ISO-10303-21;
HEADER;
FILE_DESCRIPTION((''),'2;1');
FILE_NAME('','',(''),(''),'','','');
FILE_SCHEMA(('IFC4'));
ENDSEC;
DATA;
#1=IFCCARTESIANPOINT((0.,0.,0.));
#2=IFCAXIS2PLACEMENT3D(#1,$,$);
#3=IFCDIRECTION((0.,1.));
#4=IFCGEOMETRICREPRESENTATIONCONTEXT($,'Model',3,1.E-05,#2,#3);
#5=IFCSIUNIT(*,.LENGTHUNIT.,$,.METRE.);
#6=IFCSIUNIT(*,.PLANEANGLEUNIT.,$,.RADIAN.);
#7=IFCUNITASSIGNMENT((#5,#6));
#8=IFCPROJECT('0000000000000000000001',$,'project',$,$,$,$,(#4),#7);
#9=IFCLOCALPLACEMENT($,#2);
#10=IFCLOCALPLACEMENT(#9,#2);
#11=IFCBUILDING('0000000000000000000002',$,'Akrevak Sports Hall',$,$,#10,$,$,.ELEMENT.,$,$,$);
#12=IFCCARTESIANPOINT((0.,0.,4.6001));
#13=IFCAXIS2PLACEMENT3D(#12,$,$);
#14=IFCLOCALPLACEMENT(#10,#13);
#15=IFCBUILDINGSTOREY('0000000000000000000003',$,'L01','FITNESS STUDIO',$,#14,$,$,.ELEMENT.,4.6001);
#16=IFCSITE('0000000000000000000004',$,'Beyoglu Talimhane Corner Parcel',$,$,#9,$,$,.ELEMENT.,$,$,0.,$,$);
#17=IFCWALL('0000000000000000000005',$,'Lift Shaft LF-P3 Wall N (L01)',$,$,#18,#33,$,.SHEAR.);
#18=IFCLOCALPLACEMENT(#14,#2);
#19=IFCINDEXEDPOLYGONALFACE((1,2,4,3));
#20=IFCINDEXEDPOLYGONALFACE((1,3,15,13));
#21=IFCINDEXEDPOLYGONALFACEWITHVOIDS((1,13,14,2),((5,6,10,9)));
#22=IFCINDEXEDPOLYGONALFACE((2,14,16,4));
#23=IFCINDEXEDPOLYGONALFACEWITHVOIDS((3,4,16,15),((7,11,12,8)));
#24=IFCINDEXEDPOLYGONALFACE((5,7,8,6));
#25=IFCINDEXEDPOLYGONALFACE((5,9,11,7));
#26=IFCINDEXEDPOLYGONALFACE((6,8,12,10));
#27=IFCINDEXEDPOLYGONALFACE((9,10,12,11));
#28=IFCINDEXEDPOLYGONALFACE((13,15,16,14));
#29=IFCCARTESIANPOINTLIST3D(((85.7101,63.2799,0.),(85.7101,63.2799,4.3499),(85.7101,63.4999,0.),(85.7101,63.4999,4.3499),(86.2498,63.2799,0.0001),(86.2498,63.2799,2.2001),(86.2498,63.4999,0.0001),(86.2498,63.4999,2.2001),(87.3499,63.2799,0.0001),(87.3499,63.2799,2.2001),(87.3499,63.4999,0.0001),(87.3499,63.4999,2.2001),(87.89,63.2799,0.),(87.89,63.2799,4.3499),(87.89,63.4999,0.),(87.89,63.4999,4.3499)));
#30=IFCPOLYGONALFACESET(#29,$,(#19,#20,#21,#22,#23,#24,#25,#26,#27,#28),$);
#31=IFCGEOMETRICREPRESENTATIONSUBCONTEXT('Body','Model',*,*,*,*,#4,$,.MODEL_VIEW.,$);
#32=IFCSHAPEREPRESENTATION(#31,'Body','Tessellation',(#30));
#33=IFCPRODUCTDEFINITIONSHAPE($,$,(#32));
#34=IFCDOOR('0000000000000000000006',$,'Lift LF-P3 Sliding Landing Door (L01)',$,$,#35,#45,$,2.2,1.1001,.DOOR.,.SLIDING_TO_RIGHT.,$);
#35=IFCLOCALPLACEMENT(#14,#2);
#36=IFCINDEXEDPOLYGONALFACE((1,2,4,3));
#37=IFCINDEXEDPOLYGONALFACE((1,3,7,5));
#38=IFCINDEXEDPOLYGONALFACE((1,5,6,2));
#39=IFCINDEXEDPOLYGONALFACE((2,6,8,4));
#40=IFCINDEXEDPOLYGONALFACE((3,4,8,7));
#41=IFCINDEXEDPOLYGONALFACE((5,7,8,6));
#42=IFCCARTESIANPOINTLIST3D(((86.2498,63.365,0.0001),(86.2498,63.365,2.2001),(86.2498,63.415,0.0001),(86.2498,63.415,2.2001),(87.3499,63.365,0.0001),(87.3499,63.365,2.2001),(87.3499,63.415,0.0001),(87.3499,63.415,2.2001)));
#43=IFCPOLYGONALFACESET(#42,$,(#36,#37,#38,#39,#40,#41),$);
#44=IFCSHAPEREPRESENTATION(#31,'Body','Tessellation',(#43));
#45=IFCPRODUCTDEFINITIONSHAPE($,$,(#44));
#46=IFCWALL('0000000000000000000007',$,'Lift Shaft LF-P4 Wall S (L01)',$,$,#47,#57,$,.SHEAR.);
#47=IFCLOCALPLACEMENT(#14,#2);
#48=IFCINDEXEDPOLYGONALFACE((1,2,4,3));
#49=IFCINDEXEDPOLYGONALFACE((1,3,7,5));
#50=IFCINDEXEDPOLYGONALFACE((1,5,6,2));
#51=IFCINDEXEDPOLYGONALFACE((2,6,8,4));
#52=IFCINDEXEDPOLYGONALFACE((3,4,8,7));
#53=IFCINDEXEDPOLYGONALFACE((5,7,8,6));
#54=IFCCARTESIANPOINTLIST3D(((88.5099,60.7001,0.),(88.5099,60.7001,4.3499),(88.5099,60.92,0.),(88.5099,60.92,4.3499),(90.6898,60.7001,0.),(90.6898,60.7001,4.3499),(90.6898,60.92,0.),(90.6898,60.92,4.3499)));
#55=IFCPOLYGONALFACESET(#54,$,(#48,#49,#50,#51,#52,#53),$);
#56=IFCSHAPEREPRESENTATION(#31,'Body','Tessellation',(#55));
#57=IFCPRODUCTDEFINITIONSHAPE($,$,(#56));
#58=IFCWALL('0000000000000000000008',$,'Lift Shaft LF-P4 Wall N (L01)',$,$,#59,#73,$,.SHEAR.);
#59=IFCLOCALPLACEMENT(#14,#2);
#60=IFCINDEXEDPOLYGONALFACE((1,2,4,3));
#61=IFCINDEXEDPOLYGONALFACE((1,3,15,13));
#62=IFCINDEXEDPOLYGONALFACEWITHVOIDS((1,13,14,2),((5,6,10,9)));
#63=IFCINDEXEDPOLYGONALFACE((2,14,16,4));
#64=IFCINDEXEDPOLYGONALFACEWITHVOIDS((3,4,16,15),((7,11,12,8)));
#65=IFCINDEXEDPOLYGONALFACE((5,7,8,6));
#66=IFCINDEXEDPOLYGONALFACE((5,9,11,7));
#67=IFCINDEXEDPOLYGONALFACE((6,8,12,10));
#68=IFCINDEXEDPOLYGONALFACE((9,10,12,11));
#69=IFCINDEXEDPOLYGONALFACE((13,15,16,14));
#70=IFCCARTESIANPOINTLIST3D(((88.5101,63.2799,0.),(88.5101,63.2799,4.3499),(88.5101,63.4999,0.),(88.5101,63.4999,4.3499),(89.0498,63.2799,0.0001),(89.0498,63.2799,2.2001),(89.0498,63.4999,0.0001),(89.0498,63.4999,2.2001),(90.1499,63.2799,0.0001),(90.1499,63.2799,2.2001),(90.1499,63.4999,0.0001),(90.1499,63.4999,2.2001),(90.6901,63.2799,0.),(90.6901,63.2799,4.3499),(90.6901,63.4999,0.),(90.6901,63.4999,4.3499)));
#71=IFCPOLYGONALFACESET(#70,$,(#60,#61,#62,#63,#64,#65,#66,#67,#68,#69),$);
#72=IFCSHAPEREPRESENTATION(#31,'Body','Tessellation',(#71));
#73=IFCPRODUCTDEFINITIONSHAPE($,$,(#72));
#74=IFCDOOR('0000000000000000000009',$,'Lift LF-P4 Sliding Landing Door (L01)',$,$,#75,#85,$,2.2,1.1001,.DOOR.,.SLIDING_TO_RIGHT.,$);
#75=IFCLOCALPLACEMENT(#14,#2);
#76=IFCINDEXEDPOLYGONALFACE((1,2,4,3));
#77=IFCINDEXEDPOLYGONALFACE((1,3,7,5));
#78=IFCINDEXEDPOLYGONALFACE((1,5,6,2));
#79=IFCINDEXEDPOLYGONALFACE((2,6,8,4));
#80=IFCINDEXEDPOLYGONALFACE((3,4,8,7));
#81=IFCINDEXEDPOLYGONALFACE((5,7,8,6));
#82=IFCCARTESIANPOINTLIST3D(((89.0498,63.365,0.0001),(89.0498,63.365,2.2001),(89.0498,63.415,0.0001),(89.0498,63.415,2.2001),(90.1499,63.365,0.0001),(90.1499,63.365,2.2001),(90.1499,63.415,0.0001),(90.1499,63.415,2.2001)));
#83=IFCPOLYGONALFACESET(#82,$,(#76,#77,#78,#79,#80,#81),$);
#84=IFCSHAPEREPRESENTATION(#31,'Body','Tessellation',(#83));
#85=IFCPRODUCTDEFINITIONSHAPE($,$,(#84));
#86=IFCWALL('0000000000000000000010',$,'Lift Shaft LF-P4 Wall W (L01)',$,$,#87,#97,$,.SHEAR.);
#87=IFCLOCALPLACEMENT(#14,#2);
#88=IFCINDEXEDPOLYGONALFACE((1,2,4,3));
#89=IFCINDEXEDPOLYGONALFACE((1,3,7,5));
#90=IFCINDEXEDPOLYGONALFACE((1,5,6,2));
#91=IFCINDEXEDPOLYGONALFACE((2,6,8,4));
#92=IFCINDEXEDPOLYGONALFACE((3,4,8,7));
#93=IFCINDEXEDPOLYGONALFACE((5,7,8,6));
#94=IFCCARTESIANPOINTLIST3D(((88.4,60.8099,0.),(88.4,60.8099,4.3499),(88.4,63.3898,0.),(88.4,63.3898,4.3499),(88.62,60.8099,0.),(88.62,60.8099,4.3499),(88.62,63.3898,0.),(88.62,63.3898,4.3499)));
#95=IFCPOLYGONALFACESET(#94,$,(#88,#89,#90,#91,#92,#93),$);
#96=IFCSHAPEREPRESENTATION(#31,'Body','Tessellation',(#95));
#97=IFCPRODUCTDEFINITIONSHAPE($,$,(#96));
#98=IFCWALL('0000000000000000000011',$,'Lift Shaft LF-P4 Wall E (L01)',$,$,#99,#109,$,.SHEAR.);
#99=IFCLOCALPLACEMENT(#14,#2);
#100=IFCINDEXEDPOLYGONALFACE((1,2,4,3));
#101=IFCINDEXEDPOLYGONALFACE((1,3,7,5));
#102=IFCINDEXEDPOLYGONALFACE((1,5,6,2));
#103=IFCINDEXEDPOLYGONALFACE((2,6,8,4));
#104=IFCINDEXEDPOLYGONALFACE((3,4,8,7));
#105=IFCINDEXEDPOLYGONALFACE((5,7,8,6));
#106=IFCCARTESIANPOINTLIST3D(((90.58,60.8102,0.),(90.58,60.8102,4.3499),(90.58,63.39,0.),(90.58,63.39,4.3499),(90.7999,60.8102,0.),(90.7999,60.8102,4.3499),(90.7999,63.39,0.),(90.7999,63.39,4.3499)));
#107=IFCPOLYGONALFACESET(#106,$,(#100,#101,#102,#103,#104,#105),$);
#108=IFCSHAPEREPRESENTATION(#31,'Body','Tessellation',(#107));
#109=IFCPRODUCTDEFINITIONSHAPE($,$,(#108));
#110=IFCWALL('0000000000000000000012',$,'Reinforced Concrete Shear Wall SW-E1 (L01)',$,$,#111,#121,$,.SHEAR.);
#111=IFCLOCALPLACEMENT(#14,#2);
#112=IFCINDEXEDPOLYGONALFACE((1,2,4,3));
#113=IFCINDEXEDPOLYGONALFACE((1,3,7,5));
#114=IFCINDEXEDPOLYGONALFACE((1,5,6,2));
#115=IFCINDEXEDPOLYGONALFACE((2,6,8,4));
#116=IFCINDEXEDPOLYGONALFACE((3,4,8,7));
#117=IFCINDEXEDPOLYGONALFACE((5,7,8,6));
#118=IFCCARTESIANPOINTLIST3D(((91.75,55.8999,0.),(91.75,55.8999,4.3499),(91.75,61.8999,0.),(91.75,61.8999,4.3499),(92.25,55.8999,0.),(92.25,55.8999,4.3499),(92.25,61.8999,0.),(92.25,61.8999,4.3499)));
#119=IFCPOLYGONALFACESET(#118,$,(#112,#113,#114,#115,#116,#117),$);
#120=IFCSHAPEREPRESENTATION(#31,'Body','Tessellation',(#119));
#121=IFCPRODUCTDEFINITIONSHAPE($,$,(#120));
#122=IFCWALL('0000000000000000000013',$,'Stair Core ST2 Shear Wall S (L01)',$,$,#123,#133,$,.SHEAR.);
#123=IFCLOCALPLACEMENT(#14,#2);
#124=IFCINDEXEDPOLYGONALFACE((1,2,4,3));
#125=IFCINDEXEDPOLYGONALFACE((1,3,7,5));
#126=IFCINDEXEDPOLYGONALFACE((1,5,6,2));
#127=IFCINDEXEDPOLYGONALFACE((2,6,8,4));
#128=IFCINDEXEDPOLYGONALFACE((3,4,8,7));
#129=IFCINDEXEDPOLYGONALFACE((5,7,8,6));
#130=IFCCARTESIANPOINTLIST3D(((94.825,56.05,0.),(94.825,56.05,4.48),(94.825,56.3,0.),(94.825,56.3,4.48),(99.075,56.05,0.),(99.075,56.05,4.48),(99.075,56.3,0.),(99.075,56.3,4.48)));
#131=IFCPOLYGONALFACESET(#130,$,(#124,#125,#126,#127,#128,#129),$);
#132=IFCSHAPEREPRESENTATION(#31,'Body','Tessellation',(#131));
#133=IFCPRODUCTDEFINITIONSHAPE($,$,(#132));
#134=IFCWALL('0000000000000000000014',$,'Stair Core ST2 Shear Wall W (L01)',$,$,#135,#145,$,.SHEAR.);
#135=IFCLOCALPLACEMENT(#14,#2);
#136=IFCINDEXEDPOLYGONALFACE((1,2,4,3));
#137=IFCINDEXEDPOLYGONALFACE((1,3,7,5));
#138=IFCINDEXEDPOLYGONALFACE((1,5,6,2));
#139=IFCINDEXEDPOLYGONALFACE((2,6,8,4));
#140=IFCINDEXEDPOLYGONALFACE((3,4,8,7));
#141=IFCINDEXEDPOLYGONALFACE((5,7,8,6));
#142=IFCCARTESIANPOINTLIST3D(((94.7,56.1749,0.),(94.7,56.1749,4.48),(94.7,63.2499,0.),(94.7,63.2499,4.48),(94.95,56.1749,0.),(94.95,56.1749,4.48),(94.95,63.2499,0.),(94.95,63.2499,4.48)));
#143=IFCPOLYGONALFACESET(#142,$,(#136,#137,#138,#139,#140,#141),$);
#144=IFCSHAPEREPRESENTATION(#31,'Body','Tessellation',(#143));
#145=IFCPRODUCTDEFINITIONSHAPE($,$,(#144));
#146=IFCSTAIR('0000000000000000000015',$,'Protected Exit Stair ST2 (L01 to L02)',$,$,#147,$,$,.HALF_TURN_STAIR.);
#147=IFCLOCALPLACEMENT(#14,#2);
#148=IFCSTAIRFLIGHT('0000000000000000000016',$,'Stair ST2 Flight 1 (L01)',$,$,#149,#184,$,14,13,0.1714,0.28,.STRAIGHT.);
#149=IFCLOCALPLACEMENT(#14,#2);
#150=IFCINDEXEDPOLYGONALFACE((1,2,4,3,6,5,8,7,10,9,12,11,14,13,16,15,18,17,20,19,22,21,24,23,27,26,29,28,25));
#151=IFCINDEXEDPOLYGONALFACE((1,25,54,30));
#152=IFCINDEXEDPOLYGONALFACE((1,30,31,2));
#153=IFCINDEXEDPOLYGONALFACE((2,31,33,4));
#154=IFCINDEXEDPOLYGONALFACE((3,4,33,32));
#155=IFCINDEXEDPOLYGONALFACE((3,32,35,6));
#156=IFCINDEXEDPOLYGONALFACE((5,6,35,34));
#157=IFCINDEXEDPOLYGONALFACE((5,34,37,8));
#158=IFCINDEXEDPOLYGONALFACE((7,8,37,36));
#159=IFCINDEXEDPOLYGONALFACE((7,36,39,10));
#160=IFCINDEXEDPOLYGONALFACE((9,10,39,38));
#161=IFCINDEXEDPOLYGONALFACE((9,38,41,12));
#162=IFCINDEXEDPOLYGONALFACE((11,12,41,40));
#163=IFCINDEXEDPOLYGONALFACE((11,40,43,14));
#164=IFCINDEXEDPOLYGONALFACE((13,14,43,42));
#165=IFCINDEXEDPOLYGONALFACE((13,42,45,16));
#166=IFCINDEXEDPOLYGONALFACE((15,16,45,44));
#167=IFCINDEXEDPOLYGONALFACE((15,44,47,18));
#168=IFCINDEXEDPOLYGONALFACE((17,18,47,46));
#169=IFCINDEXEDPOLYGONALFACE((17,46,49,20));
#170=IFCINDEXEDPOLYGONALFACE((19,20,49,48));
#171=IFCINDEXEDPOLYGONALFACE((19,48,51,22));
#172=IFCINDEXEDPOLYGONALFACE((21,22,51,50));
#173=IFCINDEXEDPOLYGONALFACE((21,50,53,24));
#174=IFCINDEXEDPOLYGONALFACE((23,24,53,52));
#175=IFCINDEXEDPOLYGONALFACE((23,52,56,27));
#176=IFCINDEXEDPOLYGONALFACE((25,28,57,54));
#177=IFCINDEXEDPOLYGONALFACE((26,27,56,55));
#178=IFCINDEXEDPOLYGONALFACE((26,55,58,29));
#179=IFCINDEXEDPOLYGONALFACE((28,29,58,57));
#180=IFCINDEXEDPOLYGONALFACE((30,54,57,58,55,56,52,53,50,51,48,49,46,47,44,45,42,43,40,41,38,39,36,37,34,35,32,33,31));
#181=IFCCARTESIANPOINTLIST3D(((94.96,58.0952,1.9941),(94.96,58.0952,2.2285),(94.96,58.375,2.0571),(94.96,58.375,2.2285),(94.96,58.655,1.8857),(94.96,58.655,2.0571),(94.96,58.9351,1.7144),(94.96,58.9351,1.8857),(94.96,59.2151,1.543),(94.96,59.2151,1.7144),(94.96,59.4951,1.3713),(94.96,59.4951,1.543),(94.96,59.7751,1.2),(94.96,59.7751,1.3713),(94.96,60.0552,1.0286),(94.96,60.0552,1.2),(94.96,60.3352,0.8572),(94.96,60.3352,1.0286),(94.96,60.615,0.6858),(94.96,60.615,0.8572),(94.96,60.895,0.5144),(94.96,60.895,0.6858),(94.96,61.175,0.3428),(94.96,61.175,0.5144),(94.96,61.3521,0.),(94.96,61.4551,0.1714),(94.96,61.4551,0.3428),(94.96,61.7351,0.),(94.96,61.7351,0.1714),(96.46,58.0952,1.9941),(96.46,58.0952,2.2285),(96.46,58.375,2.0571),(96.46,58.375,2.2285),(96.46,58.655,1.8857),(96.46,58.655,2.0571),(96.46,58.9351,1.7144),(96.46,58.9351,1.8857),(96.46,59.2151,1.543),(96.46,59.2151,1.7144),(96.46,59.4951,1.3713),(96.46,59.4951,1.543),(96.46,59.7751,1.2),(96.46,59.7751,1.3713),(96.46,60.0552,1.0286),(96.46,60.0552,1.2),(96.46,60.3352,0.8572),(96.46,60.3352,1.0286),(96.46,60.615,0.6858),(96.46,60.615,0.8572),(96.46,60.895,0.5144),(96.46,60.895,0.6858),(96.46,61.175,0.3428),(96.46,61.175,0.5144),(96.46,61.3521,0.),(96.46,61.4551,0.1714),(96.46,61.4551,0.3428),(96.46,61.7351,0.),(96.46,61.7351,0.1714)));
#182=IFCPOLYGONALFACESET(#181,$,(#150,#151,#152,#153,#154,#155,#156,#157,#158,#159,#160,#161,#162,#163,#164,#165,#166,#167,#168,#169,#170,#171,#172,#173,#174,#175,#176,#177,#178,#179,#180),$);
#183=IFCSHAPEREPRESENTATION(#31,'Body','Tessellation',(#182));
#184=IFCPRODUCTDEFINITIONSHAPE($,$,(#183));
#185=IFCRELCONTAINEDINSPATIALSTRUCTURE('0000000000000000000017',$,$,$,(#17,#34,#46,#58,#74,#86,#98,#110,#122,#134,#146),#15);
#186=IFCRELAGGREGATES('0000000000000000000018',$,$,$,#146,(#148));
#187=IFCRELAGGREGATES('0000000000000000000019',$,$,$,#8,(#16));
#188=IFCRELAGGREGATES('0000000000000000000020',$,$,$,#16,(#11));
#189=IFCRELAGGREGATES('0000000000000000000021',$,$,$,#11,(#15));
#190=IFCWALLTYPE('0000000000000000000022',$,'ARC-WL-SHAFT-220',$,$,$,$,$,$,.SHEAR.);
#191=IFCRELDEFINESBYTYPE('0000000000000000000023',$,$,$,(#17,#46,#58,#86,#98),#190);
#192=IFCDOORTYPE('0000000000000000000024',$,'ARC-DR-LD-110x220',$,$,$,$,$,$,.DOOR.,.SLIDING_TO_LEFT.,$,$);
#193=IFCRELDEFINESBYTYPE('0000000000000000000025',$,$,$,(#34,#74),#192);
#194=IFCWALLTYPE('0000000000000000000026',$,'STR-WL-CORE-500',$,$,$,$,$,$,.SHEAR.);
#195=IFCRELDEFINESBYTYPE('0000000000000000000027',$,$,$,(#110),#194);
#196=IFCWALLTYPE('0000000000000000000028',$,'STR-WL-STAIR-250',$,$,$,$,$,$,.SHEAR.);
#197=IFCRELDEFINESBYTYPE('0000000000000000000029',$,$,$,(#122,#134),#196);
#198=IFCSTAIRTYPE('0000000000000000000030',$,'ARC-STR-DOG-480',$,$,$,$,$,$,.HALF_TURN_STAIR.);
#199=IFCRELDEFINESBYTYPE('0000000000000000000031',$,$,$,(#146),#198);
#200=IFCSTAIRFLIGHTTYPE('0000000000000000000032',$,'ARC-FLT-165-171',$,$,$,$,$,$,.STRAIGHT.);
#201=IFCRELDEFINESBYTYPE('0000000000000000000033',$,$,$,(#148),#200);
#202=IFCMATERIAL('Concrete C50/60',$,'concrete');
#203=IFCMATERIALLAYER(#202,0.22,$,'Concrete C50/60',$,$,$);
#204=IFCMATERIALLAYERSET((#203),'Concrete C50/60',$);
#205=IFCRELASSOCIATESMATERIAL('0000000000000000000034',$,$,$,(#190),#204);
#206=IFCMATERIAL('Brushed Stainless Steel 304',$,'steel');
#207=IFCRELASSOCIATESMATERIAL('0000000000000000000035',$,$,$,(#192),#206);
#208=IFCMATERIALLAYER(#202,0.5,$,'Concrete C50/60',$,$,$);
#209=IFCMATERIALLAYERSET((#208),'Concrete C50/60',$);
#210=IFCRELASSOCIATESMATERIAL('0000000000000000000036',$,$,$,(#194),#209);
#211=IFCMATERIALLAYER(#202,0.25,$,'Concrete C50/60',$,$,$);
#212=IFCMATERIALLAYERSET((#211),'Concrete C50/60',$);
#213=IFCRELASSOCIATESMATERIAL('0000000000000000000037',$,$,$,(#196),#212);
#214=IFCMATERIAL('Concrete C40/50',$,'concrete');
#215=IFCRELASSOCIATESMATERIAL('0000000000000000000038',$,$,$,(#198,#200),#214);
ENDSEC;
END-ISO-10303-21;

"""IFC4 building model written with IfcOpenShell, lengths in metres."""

from ifc_helpers import new_model, si_unit, direction, frame, frame_2d, origin, place, context, subcontext, project, spatial, polyline, rectangle, outline, extrude, material, layer, layer_set, type_object, element, fill, aggregate, save


model = new_model("IFC4")

# Units and contexts
model_context = context("Model", 3, precision=1e-05, world=origin(), true_north=direction((0.0, 1.0)))
body_context = subcontext(model_context, "Body", "Model", "MODEL_VIEW")
ifc_project = project(units=[si_unit("LENGTHUNIT", "METRE"), si_unit("PLANEANGLEUNIT", "RADIAN")], contexts=[model_context])

# Site, building, storey
site_placement = place(None, origin())
site = spatial("IfcSite", under=ifc_project, at=site_placement, Name="Beyoglu Talimhane Corner Parcel", CompositionType="ELEMENT", RefElevation=0.0)
building_placement = place(site_placement, origin())
building = spatial("IfcBuilding", under=site, at=building_placement, Name="Akrevak Sports Hall", CompositionType="ELEMENT")
storey_placement = place(building_placement, frame((0.0, 0.0, 4.6001)))
storey = spatial("IfcBuildingStorey", under=building, at=storey_placement, Name="L01", Description="FITNESS STUDIO", CompositionType="ELEMENT", Elevation=4.6001)

# Shared definitions
ifc_material_1 = material(Name="Concrete C50/60", Category="concrete")

# Shared definitions
ifc_material_2 = material(Name="Concrete C40/50", Category="concrete")

# Shared definitions
ifc_layer_1 = layer(ifc_material_1, 0.22, Name="Concrete C50/60")
ifc_layer_set_1 = layer_set([ifc_layer_1], Name="Concrete C50/60")
wall_type_1 = type_object("IfcWallType", Name="ARC-WL-SHAFT-220", PredefinedType="SHEAR", material=ifc_layer_set_1)

# Shared definitions
ifc_material_3 = material(Name="Brushed Stainless Steel 304", Category="steel")
door_type_1 = type_object("IfcDoorType", Name="ARC-DR-LD-110x220", OperationType="SLIDING_TO_LEFT", PredefinedType="DOOR", material=ifc_material_3)

# Wall, opening, door
wall_1_placement = place(storey_placement, frame((87.8899, 63.3899, 0.0), z_axis=(0.0, 0.0, 1.0), x_axis=(-1.0, 0.0, 0.0)))
wall_1 = element("IfcWall", 1, at=wall_1_placement, inside=storey, type_object=wall_type_1, Name="Lift Shaft LF-P3 Wall N (L01)", PredefinedType="SHEAR", context=body_context, shape_type="SweptSolid", body=[
    extrude(rectangle(XDim=2.1799, YDim=0.22, at=frame_2d((1.0898, 0.0))), origin(), (0.0, 0.0, 1.0), 4.3499),
])
opening_1_placement = place(wall_1_placement, frame((0.54, 0.0, 0.0)))
opening_1 = element("IfcOpeningElement", 2, at=opening_1_placement, cuts=wall_1, PredefinedType="OPENING", context=body_context, shape_type="SweptSolid", body=[
    extrude(rectangle(XDim=1.1001, YDim=2.2, at=frame_2d((0.55, 1.1001))), frame((0.0, 0.1221, 0.0), z_axis=(0.0, -1.0, 0.0), x_axis=(1.0, 0.0, 0.0)), (0.0, 0.0, 1.0), 0.2439),
])
door_1_placement = place(opening_1_placement, origin())
door_1 = element("IfcDoor", 3, at=door_1_placement, inside=storey, type_object=door_type_1, Name="Lift LF-P3 Sliding Landing Door (L01)", OperationType="SLIDING_TO_RIGHT", OverallHeight=2.2, OverallWidth=1.1001, PredefinedType="DOOR", context=body_context, shape_type="SweptSolid", body=[
    extrude(rectangle(XDim=1.1001, YDim=2.2, at=frame_2d((0.55, 1.1001))), frame((0.0, 0.0249, 0.0), z_axis=(0.0, -1.0, 0.0), x_axis=(1.0, 0.0, 0.0)), (0.0, 0.0, 1.0), 0.05),
])
fill(opening_1, door_1)

# Wall
wall_2_placement = place(storey_placement, frame((88.51, 60.8101, 0.0), z_axis=(0.0, 0.0, 1.0), x_axis=(1.0, 0.0, 0.0)))
element("IfcWall", 4, at=wall_2_placement, inside=storey, type_object=wall_type_1, Name="Lift Shaft LF-P4 Wall S (L01)", PredefinedType="SHEAR", context=body_context, shape_type="SweptSolid", body=[
    extrude(rectangle(XDim=2.1799, YDim=0.22, at=frame_2d((1.0898, 0.0))), origin(), (0.0, 0.0, 1.0), 4.3499),
])

# Wall, opening, door
wall_3_placement = place(storey_placement, frame((90.6899, 63.3899, 0.0), z_axis=(0.0, 0.0, 1.0), x_axis=(-1.0, 0.0, 0.0)))
wall_3 = element("IfcWall", 5, at=wall_3_placement, inside=storey, type_object=wall_type_1, Name="Lift Shaft LF-P4 Wall N (L01)", PredefinedType="SHEAR", context=body_context, shape_type="SweptSolid", body=[
    extrude(rectangle(XDim=2.1799, YDim=0.22, at=frame_2d((1.0898, 0.0))), origin(), (0.0, 0.0, 1.0), 4.3499),
])
opening_2_placement = place(wall_3_placement, frame((0.54, 0.0, 0.0)))
opening_2 = element("IfcOpeningElement", 6, at=opening_2_placement, cuts=wall_3, PredefinedType="OPENING", context=body_context, shape_type="SweptSolid", body=[
    extrude(rectangle(XDim=1.1001, YDim=2.2, at=frame_2d((0.55, 1.1001))), frame((0.0, 0.1221, 0.0), z_axis=(0.0, -1.0, 0.0), x_axis=(1.0, 0.0, 0.0)), (0.0, 0.0, 1.0), 0.2439),
])
door_2_placement = place(opening_2_placement, origin())
door_2 = element("IfcDoor", 7, at=door_2_placement, inside=storey, type_object=door_type_1, Name="Lift LF-P4 Sliding Landing Door (L01)", OperationType="SLIDING_TO_RIGHT", OverallHeight=2.2, OverallWidth=1.1001, PredefinedType="DOOR", context=body_context, shape_type="SweptSolid", body=[
    extrude(rectangle(XDim=1.1001, YDim=2.2, at=frame_2d((0.55, 1.1001))), frame((0.0, 0.0249, 0.0), z_axis=(0.0, -1.0, 0.0), x_axis=(1.0, 0.0, 0.0)), (0.0, 0.0, 1.0), 0.05),
])
fill(opening_2, door_2)

# Walls
for number, where, z_axis, x_axis, name in (
    (8, (88.51, 63.3899, 0.0), (0.0, 0.0, 1.0), (0.0, -1.0, 0.0), "Lift Shaft LF-P4 Wall W (L01)"),
    (9, (90.6899, 60.8101, 0.0), (0.0, 0.0, 1.0), (0.0, 1.0, 0.0), "Lift Shaft LF-P4 Wall E (L01)"),
):
    element("IfcWall", number, at=place(storey_placement, frame(where, z_axis=z_axis, x_axis=x_axis)), inside=storey, type_object=wall_type_1, Name=name, PredefinedType="SHEAR", context=body_context, shape_type="SweptSolid", body=[
        extrude(rectangle(XDim=2.5798, YDim=0.22, at=frame_2d((1.29, 0.0))), origin(), (0.0, 0.0, 1.0), 4.3499),
    ])
ifc_layer_2 = layer(ifc_material_1, 0.5, Name="Concrete C50/60")
ifc_layer_set_2 = layer_set([ifc_layer_2], Name="Concrete C50/60")
wall_type_2 = type_object("IfcWallType", Name="STR-WL-CORE-500", PredefinedType="SHEAR", material=ifc_layer_set_2)
wall_4_placement = place(storey_placement, frame((92.0, 55.8999, 0.0), z_axis=(0.0, 0.0, 1.0), x_axis=(0.0, 1.0, 0.0)))
element("IfcWall", 10, at=wall_4_placement, inside=storey, type_object=wall_type_2, Name="Reinforced Concrete Shear Wall SW-E1 (L01)", PredefinedType="SHEAR", context=body_context, shape_type="SweptSolid", body=[
    extrude(rectangle(XDim=6.0, YDim=0.5, at=frame_2d((3.0, 0.0))), origin(), (0.0, 0.0, 1.0), 4.3499),
])
ifc_layer_3 = layer(ifc_material_1, 0.25, Name="Concrete C50/60")
ifc_layer_set_3 = layer_set([ifc_layer_3], Name="Concrete C50/60")
wall_type_3 = type_object("IfcWallType", Name="STR-WL-STAIR-250", PredefinedType="SHEAR", material=ifc_layer_set_3)
wall_5_placement = place(storey_placement, frame((94.825, 56.175, 0.0), z_axis=(0.0, 0.0, 1.0), x_axis=(1.0, 0.0, 0.0)))
element("IfcWall", 11, at=wall_5_placement, inside=storey, type_object=wall_type_3, Name="Stair Core ST2 Shear Wall S (L01)", PredefinedType="SHEAR", context=body_context, shape_type="SweptSolid", body=[
    extrude(rectangle(XDim=4.25, YDim=0.25, at=frame_2d((2.125, 0.0))), origin(), (0.0, 0.0, 1.0), 4.48),
])
wall_6_placement = place(storey_placement, frame((94.825, 63.25, 0.0), z_axis=(0.0, 0.0, 1.0), x_axis=(0.0, -1.0, 0.0)))
element("IfcWall", 12, at=wall_6_placement, inside=storey, type_object=wall_type_3, Name="Stair Core ST2 Shear Wall W (L01)", PredefinedType="SHEAR", context=body_context, shape_type="SweptSolid", body=[
    extrude(rectangle(XDim=7.075, YDim=0.25, at=frame_2d((3.5376, 0.0))), origin(), (0.0, 0.0, 1.0), 4.48),
])

# Stair, stair flight
stair_type = type_object("IfcStairType", Name="ARC-STR-DOG-480", PredefinedType="HALF_TURN_STAIR", material=ifc_material_2)
stair_placement = place(storey_placement, origin())
stair = element("IfcStair", 13, at=stair_placement, inside=storey, type_object=stair_type, Name="Protected Exit Stair ST2 (L01 to L02)", PredefinedType="HALF_TURN_STAIR")
stair_flight_type = type_object("IfcStairFlightType", Name="ARC-FLT-165-171", PredefinedType="STRAIGHT", material=ifc_material_2)
stair_flight_placement = place(storey_placement, frame((95.71, 61.7351, 0.0), z_axis=(0.0, 0.0, 1.0), x_axis=(0.0, -1.0, 0.0)))
stair_flight = element("IfcStairFlight", 14, at=stair_flight_placement, type_object=stair_flight_type, Name="Stair ST2 Flight 1 (L01)", NumberOfRisers=14, NumberOfTreads=13, PredefinedType="STRAIGHT", RiserHeight=0.1714, TreadLength=0.28, context=body_context, shape_type="SweptSolid", body=[
    extrude(outline(polyline([(0.0, 0.0), (0.0, 0.1714), (0.28, 0.1714), (0.28, 0.3428), (0.5601, 0.3428), (0.5601, 0.5144), (0.8401, 0.5144), (0.8401, 0.6858), (1.1201, 0.6858), (1.1201, 0.8572), (1.3999, 0.8572), (1.3999, 1.0286), (1.6799, 1.0286), (1.6799, 1.2), (1.96, 1.2), (1.96, 1.3713), (2.24, 1.3713), (2.24, 1.543), (2.52, 1.543), (2.52, 1.7144), (2.8, 1.7144), (2.8, 1.8857), (3.0801, 1.8857), (3.0801, 2.0571), (3.3601, 2.0571), (3.3601, 2.2285), (3.6399, 2.2285), (3.6399, 2.3999), (3.6399, 1.9941), (0.3831, 0.0), (0.0, 0.0)])), frame((0.0, 0.75, 0.0), z_axis=(0.0, -1.0, 0.0), x_axis=(1.0, 0.0, 0.0)), (0.0, 0.0, 1.0), 1.5),
])
aggregate(stair, [stair_flight])

save(model, "model.ifc")
